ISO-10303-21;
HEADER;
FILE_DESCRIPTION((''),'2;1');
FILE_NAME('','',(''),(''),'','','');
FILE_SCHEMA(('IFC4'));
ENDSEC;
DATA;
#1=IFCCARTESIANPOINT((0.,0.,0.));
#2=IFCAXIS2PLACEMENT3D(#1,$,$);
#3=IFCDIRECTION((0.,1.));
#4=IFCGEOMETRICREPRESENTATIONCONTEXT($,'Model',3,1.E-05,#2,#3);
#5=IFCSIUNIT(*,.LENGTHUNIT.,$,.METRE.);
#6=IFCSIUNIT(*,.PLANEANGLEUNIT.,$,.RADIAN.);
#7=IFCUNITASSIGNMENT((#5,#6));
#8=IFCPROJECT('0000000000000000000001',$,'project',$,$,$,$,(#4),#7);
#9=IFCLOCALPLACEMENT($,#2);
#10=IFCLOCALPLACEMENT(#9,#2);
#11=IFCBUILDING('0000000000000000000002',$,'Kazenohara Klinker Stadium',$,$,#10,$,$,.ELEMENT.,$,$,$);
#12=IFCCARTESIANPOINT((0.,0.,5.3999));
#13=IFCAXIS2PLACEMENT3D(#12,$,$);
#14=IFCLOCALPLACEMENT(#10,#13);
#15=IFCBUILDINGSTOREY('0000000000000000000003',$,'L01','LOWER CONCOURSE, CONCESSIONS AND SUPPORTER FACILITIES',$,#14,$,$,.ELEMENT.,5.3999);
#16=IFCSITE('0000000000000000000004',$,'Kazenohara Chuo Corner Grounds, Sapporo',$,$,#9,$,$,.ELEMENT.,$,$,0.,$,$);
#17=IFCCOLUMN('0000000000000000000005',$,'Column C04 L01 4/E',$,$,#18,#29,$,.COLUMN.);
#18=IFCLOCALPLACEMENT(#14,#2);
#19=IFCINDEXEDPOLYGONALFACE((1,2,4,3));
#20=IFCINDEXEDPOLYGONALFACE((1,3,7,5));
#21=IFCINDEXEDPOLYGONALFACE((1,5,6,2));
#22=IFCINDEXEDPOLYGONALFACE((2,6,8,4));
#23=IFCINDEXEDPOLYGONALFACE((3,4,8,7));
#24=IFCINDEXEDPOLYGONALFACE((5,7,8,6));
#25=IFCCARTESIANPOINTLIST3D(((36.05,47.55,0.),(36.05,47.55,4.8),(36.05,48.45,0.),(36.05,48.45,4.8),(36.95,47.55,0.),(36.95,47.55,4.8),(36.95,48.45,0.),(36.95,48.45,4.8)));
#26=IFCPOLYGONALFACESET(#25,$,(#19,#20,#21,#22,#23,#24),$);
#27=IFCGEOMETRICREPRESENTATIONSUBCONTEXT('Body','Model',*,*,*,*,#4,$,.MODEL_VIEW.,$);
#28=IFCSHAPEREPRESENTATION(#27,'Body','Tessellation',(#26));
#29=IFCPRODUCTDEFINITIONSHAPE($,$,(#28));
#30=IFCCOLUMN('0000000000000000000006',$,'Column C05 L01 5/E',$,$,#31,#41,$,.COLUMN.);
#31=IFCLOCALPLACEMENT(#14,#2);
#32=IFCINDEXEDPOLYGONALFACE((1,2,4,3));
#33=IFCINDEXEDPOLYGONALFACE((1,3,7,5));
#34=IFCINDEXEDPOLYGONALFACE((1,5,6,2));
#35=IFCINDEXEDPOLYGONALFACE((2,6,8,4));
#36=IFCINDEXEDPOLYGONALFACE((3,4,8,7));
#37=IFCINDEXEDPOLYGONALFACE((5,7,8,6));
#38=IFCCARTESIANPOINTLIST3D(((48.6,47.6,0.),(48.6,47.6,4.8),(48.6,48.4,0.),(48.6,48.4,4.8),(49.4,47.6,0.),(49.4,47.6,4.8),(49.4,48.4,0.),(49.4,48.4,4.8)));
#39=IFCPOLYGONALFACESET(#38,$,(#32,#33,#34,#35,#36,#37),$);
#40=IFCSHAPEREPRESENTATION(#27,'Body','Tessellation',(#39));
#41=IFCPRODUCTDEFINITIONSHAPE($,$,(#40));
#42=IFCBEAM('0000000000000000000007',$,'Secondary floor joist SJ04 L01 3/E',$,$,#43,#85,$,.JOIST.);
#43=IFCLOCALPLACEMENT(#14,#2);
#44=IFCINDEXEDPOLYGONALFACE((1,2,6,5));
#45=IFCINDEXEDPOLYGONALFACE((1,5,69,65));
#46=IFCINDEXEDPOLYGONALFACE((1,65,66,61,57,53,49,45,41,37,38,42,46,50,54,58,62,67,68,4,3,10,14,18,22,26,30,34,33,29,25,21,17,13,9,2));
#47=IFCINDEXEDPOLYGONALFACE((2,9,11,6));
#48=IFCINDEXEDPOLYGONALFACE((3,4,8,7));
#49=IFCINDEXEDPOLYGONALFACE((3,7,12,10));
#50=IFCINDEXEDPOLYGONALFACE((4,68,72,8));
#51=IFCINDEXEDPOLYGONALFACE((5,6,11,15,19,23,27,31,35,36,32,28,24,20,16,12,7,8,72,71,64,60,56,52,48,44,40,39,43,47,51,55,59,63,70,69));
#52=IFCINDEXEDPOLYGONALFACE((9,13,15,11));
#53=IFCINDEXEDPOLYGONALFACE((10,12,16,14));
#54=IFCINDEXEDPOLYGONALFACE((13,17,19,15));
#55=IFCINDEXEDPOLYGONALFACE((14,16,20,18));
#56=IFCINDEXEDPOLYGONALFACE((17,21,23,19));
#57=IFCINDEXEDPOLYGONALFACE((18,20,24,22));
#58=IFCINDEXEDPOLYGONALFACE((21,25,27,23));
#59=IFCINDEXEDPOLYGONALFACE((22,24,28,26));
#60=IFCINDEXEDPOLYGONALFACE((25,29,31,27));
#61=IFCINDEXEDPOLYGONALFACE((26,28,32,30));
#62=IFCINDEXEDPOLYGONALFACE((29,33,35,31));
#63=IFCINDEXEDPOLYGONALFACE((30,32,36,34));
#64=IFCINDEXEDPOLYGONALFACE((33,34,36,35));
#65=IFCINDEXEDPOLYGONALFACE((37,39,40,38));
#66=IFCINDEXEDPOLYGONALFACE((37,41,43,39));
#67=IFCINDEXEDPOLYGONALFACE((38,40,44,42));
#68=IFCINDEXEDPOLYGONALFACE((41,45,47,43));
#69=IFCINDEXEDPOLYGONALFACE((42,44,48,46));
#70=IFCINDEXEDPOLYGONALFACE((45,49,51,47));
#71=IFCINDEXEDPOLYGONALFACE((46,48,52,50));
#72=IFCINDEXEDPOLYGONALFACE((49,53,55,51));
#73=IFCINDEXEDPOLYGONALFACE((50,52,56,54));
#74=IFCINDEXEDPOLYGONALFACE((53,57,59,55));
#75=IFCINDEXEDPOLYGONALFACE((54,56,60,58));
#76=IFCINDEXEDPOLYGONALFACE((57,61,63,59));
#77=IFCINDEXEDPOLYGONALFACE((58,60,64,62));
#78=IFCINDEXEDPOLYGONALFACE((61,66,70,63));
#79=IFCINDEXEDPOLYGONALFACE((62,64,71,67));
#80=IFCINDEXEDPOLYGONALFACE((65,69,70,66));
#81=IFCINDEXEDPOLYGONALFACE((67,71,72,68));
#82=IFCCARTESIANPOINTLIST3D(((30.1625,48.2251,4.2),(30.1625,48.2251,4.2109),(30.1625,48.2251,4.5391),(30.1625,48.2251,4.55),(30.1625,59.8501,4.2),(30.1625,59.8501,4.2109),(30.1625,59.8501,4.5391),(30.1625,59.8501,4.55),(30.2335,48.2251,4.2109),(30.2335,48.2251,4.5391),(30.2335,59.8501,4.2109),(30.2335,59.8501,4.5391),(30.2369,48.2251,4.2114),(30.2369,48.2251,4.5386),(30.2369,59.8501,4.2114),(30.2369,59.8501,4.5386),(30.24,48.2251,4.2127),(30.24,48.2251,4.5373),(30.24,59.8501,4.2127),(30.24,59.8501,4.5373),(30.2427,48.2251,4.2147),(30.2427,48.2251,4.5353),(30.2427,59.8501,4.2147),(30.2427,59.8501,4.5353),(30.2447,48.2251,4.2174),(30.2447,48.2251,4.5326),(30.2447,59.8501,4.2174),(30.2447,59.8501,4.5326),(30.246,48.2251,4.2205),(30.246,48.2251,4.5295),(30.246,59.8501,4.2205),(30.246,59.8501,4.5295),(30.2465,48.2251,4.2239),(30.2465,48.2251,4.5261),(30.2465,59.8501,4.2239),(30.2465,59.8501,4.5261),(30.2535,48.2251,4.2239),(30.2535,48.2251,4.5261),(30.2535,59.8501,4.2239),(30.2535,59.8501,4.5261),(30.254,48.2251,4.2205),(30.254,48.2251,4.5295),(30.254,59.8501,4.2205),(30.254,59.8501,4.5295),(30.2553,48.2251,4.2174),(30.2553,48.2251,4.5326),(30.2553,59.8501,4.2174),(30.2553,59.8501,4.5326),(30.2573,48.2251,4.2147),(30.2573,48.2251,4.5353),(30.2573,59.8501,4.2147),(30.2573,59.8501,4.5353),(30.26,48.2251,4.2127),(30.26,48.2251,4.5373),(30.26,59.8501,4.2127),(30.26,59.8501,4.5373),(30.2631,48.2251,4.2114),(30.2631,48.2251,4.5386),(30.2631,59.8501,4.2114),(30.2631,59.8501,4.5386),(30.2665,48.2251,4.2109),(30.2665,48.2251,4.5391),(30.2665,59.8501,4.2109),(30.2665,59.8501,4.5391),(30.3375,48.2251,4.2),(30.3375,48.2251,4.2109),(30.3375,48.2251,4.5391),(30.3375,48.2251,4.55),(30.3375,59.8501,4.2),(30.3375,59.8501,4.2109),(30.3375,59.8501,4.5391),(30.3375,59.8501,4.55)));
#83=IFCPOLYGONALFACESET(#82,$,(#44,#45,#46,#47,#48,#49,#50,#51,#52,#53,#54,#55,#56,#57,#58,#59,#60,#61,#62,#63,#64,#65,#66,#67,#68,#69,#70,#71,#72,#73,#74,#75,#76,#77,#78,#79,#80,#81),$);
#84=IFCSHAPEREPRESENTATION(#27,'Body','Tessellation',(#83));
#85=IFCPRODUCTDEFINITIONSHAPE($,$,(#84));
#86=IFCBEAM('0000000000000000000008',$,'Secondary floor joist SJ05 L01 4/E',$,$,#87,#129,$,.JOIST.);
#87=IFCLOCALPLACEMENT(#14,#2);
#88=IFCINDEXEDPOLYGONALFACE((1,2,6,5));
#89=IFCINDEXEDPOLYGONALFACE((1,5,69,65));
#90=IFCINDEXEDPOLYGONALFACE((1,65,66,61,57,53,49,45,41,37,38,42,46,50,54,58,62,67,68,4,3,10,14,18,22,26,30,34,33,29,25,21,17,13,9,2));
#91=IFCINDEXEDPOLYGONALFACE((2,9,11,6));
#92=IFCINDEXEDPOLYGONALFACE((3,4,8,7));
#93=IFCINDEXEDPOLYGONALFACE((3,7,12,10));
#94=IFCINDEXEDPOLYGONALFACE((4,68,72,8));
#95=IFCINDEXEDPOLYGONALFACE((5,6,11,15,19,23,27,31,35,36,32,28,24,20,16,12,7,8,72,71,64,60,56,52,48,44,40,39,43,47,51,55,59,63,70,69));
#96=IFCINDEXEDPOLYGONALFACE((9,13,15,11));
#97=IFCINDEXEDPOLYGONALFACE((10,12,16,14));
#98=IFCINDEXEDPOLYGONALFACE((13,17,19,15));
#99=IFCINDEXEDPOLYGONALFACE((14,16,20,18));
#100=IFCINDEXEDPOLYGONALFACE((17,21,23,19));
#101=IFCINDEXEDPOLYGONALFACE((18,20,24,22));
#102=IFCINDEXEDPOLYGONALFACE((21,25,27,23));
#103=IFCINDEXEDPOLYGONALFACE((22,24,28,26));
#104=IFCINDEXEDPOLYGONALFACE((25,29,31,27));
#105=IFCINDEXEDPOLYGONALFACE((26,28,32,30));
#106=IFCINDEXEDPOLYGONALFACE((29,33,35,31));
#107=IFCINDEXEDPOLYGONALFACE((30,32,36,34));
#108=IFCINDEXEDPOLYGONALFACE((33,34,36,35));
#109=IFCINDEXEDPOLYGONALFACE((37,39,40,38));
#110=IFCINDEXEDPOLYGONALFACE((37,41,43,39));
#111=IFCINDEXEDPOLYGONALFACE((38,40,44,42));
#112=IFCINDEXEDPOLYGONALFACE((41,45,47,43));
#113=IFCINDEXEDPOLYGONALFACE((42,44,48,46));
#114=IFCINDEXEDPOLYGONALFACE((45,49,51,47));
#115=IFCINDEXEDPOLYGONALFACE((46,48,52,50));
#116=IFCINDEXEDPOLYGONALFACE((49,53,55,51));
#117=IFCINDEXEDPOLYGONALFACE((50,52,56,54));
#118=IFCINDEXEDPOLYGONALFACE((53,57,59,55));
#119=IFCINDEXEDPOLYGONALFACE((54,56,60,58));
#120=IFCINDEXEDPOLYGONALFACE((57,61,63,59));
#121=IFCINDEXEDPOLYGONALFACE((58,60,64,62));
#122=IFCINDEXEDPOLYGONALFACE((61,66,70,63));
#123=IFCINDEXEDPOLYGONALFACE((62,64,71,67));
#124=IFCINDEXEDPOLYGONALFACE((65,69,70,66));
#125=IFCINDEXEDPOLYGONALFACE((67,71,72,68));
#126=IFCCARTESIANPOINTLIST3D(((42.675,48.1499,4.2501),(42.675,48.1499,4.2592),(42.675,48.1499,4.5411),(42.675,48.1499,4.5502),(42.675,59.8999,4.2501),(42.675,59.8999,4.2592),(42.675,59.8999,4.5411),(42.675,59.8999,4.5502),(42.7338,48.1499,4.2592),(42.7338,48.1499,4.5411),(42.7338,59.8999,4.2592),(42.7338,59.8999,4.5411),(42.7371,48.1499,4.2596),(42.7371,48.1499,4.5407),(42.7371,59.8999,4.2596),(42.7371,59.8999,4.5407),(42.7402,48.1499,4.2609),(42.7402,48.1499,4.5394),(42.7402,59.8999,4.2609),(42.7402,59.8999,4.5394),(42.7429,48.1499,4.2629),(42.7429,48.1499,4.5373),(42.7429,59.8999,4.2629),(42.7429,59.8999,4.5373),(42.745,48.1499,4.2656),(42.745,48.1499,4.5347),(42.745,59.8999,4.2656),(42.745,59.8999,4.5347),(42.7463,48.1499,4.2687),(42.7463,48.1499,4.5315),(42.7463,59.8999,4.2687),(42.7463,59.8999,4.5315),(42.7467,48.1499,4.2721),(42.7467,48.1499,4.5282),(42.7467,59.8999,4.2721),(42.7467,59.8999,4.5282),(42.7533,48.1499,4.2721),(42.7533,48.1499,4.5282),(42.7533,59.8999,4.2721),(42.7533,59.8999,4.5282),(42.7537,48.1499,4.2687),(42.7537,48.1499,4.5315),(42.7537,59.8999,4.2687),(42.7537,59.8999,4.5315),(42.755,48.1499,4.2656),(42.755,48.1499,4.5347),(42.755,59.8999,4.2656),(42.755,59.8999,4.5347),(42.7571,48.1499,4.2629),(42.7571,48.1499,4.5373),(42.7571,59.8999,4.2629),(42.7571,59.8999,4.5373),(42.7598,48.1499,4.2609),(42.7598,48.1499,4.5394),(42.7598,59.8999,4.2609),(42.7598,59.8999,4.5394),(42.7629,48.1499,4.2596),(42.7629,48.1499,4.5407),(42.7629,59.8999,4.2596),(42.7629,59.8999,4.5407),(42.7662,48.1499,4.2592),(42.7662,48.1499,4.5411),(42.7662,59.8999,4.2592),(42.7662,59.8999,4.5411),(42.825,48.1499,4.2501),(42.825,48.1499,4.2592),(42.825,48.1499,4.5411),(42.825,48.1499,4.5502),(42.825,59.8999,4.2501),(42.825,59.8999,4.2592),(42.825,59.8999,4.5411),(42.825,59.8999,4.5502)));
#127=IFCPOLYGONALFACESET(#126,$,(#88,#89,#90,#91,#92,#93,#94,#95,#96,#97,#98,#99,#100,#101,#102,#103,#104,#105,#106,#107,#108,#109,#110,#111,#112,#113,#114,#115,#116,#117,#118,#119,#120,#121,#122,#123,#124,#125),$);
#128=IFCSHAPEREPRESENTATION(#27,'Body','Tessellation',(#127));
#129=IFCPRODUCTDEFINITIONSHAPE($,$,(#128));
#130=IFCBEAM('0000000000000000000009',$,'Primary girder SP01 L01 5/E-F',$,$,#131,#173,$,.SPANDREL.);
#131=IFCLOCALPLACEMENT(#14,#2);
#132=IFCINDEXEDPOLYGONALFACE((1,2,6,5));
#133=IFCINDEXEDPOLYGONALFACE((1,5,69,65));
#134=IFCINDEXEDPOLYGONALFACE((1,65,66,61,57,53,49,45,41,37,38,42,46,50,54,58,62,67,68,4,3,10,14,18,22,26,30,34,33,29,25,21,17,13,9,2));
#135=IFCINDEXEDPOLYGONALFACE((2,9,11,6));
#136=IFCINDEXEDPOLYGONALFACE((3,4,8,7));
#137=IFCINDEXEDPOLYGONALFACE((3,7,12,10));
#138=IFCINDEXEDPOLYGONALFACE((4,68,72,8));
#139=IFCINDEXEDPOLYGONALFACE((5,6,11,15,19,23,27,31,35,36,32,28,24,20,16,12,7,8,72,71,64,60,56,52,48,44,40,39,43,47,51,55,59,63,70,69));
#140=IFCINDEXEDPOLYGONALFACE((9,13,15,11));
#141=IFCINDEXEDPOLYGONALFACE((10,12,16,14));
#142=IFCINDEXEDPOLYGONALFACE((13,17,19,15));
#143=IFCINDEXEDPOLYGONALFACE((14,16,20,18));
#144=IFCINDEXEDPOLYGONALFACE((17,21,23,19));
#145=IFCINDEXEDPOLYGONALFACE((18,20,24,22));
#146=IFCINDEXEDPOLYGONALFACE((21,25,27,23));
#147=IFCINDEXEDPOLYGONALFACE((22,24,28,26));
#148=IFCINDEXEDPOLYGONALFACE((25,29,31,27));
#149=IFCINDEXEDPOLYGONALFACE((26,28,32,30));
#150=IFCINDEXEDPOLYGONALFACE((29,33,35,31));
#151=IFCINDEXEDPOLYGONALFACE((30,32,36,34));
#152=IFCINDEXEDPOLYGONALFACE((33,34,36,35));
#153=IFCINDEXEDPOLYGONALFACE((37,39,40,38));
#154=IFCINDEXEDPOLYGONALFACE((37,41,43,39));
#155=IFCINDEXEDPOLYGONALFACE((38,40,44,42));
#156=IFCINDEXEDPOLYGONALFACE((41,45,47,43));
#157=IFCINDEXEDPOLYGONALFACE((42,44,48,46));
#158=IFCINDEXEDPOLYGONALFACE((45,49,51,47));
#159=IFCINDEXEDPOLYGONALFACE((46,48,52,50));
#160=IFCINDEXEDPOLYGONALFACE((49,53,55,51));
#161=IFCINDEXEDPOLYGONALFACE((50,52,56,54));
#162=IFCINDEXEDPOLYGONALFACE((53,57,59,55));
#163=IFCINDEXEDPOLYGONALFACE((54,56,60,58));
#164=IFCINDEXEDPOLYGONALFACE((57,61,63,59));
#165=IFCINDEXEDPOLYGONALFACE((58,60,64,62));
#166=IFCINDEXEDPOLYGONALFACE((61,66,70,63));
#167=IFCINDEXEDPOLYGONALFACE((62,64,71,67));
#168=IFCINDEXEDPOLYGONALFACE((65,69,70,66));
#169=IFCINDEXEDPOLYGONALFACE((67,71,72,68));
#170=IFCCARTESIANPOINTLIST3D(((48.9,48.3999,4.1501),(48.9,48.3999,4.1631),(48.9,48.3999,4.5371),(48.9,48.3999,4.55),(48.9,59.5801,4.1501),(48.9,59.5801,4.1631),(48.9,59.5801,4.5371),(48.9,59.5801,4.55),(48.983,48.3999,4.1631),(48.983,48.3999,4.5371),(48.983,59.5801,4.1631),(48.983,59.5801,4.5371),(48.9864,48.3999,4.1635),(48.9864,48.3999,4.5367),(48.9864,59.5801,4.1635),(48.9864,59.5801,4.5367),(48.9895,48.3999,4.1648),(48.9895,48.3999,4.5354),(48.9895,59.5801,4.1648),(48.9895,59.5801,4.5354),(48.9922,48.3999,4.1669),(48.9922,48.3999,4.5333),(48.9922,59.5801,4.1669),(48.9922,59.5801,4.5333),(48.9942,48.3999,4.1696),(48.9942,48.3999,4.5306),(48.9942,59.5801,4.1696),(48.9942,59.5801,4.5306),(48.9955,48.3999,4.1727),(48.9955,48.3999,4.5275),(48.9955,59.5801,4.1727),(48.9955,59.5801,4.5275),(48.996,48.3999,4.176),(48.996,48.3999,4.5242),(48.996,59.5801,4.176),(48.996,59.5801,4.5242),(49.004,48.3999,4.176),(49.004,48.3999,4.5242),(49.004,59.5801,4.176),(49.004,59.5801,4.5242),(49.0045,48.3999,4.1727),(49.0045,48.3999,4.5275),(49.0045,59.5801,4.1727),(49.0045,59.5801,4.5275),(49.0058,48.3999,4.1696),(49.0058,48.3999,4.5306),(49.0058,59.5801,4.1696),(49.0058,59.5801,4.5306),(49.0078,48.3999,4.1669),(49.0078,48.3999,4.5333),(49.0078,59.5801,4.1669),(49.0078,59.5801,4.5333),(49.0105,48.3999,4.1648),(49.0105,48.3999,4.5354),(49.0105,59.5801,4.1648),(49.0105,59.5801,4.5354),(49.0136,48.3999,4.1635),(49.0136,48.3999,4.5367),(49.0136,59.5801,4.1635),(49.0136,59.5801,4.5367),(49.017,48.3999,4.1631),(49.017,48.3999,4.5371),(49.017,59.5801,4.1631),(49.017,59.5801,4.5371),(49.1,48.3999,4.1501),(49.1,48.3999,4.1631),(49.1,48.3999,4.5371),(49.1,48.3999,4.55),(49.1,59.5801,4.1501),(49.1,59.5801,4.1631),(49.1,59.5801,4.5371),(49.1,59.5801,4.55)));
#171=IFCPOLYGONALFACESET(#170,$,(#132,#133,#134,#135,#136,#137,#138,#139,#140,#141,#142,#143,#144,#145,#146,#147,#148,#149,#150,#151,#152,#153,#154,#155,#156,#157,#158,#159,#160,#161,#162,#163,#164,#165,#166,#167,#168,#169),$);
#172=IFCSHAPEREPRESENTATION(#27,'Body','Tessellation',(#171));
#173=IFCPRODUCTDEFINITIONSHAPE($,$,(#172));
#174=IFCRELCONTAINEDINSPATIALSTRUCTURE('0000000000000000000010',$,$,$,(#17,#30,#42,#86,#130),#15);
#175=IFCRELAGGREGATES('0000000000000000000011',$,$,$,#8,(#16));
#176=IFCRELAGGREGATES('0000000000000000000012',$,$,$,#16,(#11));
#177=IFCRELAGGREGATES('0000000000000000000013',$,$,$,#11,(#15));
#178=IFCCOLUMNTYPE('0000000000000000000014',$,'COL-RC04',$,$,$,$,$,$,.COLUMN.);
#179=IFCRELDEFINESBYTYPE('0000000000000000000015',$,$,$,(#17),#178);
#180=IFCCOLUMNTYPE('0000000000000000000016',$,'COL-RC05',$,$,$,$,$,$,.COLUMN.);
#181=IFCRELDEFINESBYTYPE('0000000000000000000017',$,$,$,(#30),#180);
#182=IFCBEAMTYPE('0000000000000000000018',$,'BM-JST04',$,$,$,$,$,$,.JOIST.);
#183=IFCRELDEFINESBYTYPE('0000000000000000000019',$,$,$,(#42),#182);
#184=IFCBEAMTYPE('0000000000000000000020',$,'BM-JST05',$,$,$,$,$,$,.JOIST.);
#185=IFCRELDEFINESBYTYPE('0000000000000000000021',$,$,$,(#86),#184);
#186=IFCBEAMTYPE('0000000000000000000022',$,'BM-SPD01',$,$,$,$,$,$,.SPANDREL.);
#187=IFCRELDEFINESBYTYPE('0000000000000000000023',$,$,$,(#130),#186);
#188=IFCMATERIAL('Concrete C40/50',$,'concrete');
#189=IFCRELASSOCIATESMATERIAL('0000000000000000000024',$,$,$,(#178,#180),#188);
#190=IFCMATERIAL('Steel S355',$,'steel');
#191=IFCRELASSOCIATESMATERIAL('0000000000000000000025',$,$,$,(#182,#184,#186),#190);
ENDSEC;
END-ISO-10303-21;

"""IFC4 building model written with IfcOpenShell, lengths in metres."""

from ifc_helpers import new_model, si_unit, direction, frame, origin, origin_2d, place, context, subcontext, project, spatial, rectangle, i_section, extrude, material, material_profile, profile_set, type_object, element, save


model = new_model("IFC4")

# Units and contexts
model_context = context("Model", 3, precision=1e-05, world=origin(), true_north=direction((0.0, 1.0)))
body_context = subcontext(model_context, "Body", "Model", "MODEL_VIEW")
ifc_project = project(units=[si_unit("LENGTHUNIT", "METRE"), si_unit("PLANEANGLEUNIT", "RADIAN")], contexts=[model_context])

# Site, building, storey
site_placement = place(None, origin())
site = spatial("IfcSite", under=ifc_project, at=site_placement, Name="Kazenohara Chuo Corner Grounds, Sapporo", CompositionType="ELEMENT", RefElevation=0.0)
building_placement = place(site_placement, origin())
building = spatial("IfcBuilding", under=site, at=building_placement, Name="Kazenohara Klinker Stadium", CompositionType="ELEMENT")
storey_placement = place(building_placement, frame((0.0, 0.0, 5.3999)))
storey = spatial("IfcBuildingStorey", under=building, at=storey_placement, Name="L01", Description="LOWER CONCOURSE, CONCESSIONS AND SUPPORTER FACILITIES", CompositionType="ELEMENT", Elevation=5.3999)

# Columns
ifc_material_1 = material(Name="Concrete C40/50", Category="concrete")
ifc_material_profile_1 = material_profile(ifc_material_1, rectangle(XDim=0.8999, YDim=0.8999, at=origin_2d()), Name="RC-COL-900x900")
ifc_profile_set_1 = profile_set([ifc_material_profile_1], Name="Concrete C40/50")
column_type_1 = type_object("IfcColumnType", Name="COL-RC04", PredefinedType="COLUMN", material=ifc_profile_set_1)
column_1_placement = place(storey_placement, frame((36.5, 48.0, 0.0), z_axis=(0.0, 0.0, 1.0), x_axis=(1.0, 0.0, 0.0)))
element("IfcColumn", 1, at=column_1_placement, inside=storey, type_object=column_type_1, Name="Column C04 L01 4/E", PredefinedType="COLUMN", context=body_context, shape_type="SweptSolid", body=[
    extrude(rectangle(XDim=0.8999, YDim=0.8999, at=origin_2d()), origin(), (0.0, 0.0, 1.0), 4.8),
])
ifc_material_profile_2 = material_profile(ifc_material_1, rectangle(XDim=0.8, YDim=0.8, at=origin_2d()), Name="RC-COL-800x800")
ifc_profile_set_2 = profile_set([ifc_material_profile_2], Name="Concrete C40/50")
column_type_2 = type_object("IfcColumnType", Name="COL-RC05", PredefinedType="COLUMN", material=ifc_profile_set_2)
column_2_placement = place(storey_placement, frame((49.0, 48.0, 0.0), z_axis=(0.0, 0.0, 1.0), x_axis=(1.0, 0.0, 0.0)))
element("IfcColumn", 2, at=column_2_placement, inside=storey, type_object=column_type_2, Name="Column C05 L01 5/E", PredefinedType="COLUMN", context=body_context, shape_type="SweptSolid", body=[
    extrude(rectangle(XDim=0.8, YDim=0.8, at=origin_2d()), origin(), (0.0, 0.0, 1.0), 4.8),
])

# Beams
ifc_material_2 = material(Name="Steel S355", Category="steel")
ifc_material_profile_3 = material_profile(ifc_material_2, i_section(OverallWidth=0.175, OverallDepth=0.3501, WebThickness=0.0071, FlangeThickness=0.011, FilletRadius=0.0129, at=origin_2d()), Name="H-350x175x7x11")
ifc_profile_set_3 = profile_set([ifc_material_profile_3], Name="Steel S355")
beam_type_1 = type_object("IfcBeamType", Name="BM-JST04", PredefinedType="JOIST", material=ifc_profile_set_3)
beam_1_placement = place(storey_placement, frame((30.25, 48.2251, 4.375), z_axis=(0.0, 1.0, 0.0), x_axis=(-1.0, 0.0, 0.0)))
element("IfcBeam", 3, at=beam_1_placement, inside=storey, type_object=beam_type_1, Name="Secondary floor joist SJ04 L01 3/E", PredefinedType="JOIST", context=body_context, shape_type="SweptSolid", body=[
    extrude(i_section(OverallWidth=0.175, OverallDepth=0.3501, WebThickness=0.0071, FlangeThickness=0.011, FilletRadius=0.0129, at=origin_2d()), origin(), (0.0, 0.0, 1.0), 11.625),
])
ifc_material_profile_4 = material_profile(ifc_material_2, i_section(OverallWidth=0.1499, OverallDepth=0.3, WebThickness=0.0066, FlangeThickness=0.009, FilletRadius=0.0129, at=origin_2d()), Name="H-300x150x6.5x9")
ifc_profile_set_4 = profile_set([ifc_material_profile_4], Name="Steel S355")
beam_type_2 = type_object("IfcBeamType", Name="BM-JST05", PredefinedType="JOIST", material=ifc_profile_set_4)
beam_2_placement = place(storey_placement, frame((42.75, 48.1499, 4.4001), z_axis=(0.0, 1.0, 0.0), x_axis=(-1.0, 0.0, 0.0)))
element("IfcBeam", 4, at=beam_2_placement, inside=storey, type_object=beam_type_2, Name="Secondary floor joist SJ05 L01 4/E", PredefinedType="JOIST", context=body_context, shape_type="SweptSolid", body=[
    extrude(i_section(OverallWidth=0.1499, OverallDepth=0.3, WebThickness=0.0066, FlangeThickness=0.009, FilletRadius=0.0129, at=origin_2d()), origin(), (0.0, 0.0, 1.0), 11.75),
])
ifc_material_profile_5 = material_profile(ifc_material_2, i_section(OverallWidth=0.2, OverallDepth=0.3999, WebThickness=0.0081, FlangeThickness=0.0129, FilletRadius=0.0129, at=origin_2d()), Name="H-400x200x8x13")
ifc_profile_set_5 = profile_set([ifc_material_profile_5], Name="Steel S355")
beam_type_3 = type_object("IfcBeamType", Name="BM-SPD01", PredefinedType="SPANDREL", material=ifc_profile_set_5)
beam_3_placement = place(storey_placement, frame((49.0, 48.3999, 4.3501), z_axis=(0.0, 1.0, 0.0), x_axis=(-1.0, 0.0, 0.0)))
element("IfcBeam", 5, at=beam_3_placement, inside=storey, type_object=beam_type_3, Name="Primary girder SP01 L01 5/E-F", PredefinedType="SPANDREL", context=body_context, shape_type="SweptSolid", body=[
    extrude(i_section(OverallWidth=0.2, OverallDepth=0.3999, WebThickness=0.0081, FlangeThickness=0.0129, FilletRadius=0.0129, at=origin_2d()), origin(), (0.0, 0.0, 1.0), 11.1802),
])

save(model, "model.ifc")
